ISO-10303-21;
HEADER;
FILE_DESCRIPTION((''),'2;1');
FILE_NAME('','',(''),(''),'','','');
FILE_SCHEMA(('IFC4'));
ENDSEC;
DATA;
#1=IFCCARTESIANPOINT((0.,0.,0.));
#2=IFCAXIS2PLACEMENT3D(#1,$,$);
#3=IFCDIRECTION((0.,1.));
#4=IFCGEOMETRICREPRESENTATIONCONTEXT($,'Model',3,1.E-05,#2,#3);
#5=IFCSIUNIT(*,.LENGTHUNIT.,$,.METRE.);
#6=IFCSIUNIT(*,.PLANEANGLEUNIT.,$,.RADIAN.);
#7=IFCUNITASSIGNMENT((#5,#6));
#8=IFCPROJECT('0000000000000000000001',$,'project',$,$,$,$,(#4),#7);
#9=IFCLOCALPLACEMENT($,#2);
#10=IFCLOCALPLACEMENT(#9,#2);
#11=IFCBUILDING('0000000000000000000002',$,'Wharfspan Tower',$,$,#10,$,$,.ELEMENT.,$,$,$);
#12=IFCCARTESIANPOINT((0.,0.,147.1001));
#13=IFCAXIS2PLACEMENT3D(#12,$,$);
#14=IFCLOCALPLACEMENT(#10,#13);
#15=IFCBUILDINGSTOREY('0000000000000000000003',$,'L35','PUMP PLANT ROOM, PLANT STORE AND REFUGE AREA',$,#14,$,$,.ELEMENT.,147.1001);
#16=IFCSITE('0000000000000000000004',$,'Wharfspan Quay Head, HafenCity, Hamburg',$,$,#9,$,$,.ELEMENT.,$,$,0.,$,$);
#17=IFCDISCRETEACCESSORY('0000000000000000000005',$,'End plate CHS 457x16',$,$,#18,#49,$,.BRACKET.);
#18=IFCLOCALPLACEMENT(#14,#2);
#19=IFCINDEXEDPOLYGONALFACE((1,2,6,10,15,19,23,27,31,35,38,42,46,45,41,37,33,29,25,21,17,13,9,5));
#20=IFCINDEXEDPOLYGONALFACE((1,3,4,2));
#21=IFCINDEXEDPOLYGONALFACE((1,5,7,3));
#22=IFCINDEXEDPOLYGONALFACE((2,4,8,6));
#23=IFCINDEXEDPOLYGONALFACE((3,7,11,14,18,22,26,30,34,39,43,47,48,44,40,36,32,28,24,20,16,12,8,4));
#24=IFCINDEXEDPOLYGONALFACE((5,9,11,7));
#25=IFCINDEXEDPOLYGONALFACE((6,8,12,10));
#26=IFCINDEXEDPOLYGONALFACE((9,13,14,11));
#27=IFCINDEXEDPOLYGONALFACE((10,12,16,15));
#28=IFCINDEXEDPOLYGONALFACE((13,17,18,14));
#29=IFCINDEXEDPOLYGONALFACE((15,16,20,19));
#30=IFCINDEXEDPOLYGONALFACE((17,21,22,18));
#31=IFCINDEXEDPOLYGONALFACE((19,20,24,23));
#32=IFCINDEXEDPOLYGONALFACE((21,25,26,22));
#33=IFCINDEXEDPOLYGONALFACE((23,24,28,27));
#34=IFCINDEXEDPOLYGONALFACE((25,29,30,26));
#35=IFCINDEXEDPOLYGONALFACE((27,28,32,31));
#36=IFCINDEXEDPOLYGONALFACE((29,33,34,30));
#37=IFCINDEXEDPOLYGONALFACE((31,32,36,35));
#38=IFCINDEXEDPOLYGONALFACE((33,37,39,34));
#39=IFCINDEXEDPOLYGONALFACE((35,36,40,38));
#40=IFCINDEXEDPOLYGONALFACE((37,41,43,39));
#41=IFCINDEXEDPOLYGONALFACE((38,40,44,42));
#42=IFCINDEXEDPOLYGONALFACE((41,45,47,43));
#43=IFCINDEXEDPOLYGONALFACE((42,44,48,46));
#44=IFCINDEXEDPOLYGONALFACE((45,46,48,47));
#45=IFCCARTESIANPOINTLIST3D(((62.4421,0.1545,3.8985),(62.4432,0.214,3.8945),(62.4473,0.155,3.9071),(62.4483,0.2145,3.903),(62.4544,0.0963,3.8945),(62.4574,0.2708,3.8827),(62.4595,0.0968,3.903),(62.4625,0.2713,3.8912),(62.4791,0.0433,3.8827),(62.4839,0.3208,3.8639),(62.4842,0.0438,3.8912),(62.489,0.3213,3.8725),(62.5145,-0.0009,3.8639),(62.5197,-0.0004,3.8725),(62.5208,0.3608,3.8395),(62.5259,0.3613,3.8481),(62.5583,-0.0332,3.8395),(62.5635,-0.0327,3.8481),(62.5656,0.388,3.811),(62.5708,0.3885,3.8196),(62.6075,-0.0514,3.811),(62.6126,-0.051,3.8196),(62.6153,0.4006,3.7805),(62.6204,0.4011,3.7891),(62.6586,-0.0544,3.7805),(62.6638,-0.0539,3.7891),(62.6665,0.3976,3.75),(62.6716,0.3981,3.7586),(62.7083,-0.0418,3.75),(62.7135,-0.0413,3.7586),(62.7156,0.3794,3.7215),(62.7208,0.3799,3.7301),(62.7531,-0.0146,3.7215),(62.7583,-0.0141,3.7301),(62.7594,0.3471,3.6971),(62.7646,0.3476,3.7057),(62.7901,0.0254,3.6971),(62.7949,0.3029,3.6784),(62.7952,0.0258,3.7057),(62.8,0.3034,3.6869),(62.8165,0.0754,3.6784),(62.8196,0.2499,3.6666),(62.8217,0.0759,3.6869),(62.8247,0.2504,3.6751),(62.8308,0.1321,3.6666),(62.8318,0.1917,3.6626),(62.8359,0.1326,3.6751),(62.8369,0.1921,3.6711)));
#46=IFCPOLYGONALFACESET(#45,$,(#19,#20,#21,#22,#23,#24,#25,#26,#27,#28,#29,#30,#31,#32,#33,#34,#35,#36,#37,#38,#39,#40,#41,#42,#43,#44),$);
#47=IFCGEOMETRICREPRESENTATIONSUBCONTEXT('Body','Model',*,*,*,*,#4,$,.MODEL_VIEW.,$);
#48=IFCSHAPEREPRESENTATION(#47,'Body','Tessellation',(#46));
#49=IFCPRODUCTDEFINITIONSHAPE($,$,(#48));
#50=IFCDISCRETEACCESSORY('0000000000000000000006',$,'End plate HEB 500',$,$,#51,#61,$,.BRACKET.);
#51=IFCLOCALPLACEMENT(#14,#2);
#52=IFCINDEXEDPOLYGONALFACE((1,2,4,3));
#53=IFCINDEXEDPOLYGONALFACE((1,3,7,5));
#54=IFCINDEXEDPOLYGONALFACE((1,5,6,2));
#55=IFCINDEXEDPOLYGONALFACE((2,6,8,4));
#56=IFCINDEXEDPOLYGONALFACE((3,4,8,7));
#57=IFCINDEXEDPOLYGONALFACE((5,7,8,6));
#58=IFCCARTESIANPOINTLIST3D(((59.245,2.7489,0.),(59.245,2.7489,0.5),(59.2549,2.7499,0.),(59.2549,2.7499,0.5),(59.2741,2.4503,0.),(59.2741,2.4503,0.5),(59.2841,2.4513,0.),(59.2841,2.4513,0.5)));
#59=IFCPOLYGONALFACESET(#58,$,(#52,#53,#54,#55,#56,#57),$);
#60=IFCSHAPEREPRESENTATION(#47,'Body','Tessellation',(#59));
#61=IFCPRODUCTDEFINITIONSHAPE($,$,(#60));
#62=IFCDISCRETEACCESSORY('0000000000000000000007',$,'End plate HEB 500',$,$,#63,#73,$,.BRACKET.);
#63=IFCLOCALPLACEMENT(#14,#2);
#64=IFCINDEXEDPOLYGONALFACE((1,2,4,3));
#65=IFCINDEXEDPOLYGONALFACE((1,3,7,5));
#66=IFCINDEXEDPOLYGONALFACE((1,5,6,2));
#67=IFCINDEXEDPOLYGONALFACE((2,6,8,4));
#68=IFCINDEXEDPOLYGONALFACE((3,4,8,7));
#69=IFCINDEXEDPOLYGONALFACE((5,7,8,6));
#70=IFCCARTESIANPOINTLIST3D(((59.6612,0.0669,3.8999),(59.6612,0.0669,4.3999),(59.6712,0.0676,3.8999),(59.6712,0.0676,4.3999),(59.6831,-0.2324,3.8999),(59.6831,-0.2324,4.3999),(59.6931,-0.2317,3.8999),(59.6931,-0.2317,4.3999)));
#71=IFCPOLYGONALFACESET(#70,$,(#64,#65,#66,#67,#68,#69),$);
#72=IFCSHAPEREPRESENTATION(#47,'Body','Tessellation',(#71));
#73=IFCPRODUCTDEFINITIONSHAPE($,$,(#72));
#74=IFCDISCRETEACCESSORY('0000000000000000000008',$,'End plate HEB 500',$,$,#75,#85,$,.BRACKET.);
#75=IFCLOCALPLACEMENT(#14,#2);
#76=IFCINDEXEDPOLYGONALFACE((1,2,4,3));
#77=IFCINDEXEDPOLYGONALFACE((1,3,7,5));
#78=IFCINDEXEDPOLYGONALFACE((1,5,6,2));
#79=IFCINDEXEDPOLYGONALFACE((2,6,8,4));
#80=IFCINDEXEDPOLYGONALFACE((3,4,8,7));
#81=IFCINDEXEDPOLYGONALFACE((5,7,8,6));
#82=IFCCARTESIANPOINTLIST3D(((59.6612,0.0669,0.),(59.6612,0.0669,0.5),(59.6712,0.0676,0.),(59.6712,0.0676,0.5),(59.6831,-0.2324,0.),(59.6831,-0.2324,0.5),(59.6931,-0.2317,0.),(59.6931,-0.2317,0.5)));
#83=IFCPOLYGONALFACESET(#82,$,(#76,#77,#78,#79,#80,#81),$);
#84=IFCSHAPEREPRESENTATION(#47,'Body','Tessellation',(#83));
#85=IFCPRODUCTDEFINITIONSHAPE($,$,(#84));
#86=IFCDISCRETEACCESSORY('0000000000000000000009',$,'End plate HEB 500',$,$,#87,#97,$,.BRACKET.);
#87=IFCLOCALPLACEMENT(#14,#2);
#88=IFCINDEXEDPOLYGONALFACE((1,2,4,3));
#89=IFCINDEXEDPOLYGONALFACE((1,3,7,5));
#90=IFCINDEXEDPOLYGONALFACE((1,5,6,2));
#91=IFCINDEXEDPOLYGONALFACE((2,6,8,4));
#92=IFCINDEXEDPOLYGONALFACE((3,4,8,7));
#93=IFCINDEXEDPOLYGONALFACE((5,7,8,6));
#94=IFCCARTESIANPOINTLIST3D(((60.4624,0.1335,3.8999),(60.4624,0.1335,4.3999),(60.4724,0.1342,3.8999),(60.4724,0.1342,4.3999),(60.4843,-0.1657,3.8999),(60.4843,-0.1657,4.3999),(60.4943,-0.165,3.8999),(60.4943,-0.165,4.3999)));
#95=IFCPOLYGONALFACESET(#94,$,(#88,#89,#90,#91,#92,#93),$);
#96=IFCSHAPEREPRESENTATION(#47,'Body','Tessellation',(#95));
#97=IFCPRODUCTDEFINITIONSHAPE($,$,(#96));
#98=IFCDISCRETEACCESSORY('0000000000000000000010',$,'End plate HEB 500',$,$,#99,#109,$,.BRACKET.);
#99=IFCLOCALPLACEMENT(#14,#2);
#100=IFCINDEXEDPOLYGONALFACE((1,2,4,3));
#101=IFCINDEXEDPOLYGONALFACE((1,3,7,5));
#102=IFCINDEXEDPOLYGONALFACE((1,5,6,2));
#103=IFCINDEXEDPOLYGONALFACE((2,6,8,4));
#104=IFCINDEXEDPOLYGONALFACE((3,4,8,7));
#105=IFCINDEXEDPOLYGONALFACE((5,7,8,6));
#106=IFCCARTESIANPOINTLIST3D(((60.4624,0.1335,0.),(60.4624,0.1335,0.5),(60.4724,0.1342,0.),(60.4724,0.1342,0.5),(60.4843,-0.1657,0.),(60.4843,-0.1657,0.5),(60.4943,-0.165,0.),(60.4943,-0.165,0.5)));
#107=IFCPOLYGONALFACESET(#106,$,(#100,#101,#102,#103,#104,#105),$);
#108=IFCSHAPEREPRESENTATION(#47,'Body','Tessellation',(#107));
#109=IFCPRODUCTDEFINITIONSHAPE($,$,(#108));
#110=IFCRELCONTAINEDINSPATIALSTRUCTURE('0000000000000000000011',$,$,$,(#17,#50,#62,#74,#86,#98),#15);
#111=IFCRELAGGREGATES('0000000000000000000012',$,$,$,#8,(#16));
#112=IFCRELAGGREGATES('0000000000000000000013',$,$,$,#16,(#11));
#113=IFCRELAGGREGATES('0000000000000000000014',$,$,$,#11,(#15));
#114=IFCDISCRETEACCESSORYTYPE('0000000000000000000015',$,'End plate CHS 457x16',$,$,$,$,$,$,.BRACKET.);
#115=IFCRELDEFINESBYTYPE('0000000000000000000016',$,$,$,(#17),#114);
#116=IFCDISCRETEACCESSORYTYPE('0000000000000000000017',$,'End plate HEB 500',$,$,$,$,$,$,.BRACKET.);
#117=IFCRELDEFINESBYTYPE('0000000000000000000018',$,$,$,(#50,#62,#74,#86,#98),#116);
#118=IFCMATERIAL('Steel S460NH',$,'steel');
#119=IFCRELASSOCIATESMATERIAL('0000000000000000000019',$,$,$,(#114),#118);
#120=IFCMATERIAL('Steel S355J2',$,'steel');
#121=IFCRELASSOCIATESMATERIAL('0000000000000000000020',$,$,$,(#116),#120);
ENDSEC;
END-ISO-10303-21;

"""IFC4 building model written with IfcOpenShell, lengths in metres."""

from ifc_helpers import new_model, si_unit, direction, frame, origin, origin_2d, place, context, subcontext, project, spatial, rectangle, circle, extrude, material, material_profile, profile_set, type_object, element, save


model = new_model("IFC4")

# Units and contexts
model_context = context("Model", 3, precision=1e-05, world=origin(), true_north=direction((0.0, 1.0)))
body_context = subcontext(model_context, "Body", "Model", "MODEL_VIEW")
ifc_project = project(units=[si_unit("LENGTHUNIT", "METRE"), si_unit("PLANEANGLEUNIT", "RADIAN")], contexts=[model_context])

# Site, building, storey
site_placement = place(None, origin())
site = spatial("IfcSite", under=ifc_project, at=site_placement, Name="Wharfspan Quay Head, HafenCity, Hamburg", CompositionType="ELEMENT", RefElevation=0.0)
building_placement = place(site_placement, origin())
building = spatial("IfcBuilding", under=site, at=building_placement, Name="Wharfspan Tower", CompositionType="ELEMENT")
storey_placement = place(building_placement, frame((0.0, 0.0, 147.1001)))
storey = spatial("IfcBuildingStorey", under=building, at=storey_placement, Name="L35", Description="PUMP PLANT ROOM, PLANT STORE AND REFUGE AREA", CompositionType="ELEMENT", Elevation=147.1001)

# Shared definitions
ifc_material_1 = material(Name="Steel S355J2", Category="steel")

# Shared definitions
ifc_material_2 = material(Name="Steel S460NH", Category="steel")

# Discrete accessories
ifc_material_profile_1 = material_profile(ifc_material_2, circle(Radius=0.2285, at=origin_2d()))
ifc_profile_set_1 = profile_set([ifc_material_profile_1], Name="Steel S460NH")
discrete_accessory_type_1 = type_object("IfcDiscreteAccessoryType", Name="End plate CHS 457x16", PredefinedType="BRACKET", material=ifc_profile_set_1)
for number, where, z_axis, x_axis, name in (
    (1, (62.637, 0.1731, 3.7805), (0.513879, 0.048941, 0.856465), (-0.094811, 0.995495, 0.000001), "End plate CHS 457x16"),
):
    element("IfcDiscreteAccessory", number, at=place(storey_placement, frame(where, z_axis=z_axis, x_axis=x_axis)), inside=storey, type_object=discrete_accessory_type_1, Name=name, PredefinedType="BRACKET", context=body_context, shape_type="SweptSolid", body=[
        extrude(circle(Radius=0.2285, at=origin_2d()), origin(), (0.0, 0.0, 1.0), 0.01),
    ])
ifc_material_profile_2 = material_profile(ifc_material_1, rectangle(XDim=0.3, YDim=0.5, at=origin_2d()))
ifc_profile_set_2 = profile_set([ifc_material_profile_2], Name="Steel S355J2")
discrete_accessory_type_2 = type_object("IfcDiscreteAccessoryType", Name="End plate HEB 500", PredefinedType="BRACKET", material=ifc_profile_set_2)
for number, where, z_axis, x_axis, name in (
    (2, (59.2595, 2.5996, 0.25), (0.995275, 0.0971, 0.0), (-0.0971, 0.995275, 0.0), "End plate HEB 500"),
    (3, (59.6721, -0.0828, 4.1499), (0.997334, 0.072976, 0.0), (-0.072976, 0.997334, 0.0), "End plate HEB 500"),
    (4, (59.6721, -0.0828, 0.25), (0.997334, 0.072976, 0.0), (-0.072976, 0.997334, 0.0), "End plate HEB 500"),
    (5, (60.4734, -0.0161, 4.1499), (0.997334, 0.072976, 0.0), (-0.072976, 0.997334, 0.0), "End plate HEB 500"),
    (6, (60.4734, -0.0161, 0.25), (0.997334, 0.072976, 0.0), (-0.072976, 0.997334, 0.0), "End plate HEB 500"),
):
    element("IfcDiscreteAccessory", number, at=place(storey_placement, frame(where, z_axis=z_axis, x_axis=x_axis)), inside=storey, type_object=discrete_accessory_type_2, Name=name, PredefinedType="BRACKET", context=body_context, shape_type="SweptSolid", body=[
        extrude(rectangle(XDim=0.3, YDim=0.5, at=origin_2d()), origin(), (0.0, 0.0, 1.0), 0.01),
    ])

save(model, "model.ifc")
